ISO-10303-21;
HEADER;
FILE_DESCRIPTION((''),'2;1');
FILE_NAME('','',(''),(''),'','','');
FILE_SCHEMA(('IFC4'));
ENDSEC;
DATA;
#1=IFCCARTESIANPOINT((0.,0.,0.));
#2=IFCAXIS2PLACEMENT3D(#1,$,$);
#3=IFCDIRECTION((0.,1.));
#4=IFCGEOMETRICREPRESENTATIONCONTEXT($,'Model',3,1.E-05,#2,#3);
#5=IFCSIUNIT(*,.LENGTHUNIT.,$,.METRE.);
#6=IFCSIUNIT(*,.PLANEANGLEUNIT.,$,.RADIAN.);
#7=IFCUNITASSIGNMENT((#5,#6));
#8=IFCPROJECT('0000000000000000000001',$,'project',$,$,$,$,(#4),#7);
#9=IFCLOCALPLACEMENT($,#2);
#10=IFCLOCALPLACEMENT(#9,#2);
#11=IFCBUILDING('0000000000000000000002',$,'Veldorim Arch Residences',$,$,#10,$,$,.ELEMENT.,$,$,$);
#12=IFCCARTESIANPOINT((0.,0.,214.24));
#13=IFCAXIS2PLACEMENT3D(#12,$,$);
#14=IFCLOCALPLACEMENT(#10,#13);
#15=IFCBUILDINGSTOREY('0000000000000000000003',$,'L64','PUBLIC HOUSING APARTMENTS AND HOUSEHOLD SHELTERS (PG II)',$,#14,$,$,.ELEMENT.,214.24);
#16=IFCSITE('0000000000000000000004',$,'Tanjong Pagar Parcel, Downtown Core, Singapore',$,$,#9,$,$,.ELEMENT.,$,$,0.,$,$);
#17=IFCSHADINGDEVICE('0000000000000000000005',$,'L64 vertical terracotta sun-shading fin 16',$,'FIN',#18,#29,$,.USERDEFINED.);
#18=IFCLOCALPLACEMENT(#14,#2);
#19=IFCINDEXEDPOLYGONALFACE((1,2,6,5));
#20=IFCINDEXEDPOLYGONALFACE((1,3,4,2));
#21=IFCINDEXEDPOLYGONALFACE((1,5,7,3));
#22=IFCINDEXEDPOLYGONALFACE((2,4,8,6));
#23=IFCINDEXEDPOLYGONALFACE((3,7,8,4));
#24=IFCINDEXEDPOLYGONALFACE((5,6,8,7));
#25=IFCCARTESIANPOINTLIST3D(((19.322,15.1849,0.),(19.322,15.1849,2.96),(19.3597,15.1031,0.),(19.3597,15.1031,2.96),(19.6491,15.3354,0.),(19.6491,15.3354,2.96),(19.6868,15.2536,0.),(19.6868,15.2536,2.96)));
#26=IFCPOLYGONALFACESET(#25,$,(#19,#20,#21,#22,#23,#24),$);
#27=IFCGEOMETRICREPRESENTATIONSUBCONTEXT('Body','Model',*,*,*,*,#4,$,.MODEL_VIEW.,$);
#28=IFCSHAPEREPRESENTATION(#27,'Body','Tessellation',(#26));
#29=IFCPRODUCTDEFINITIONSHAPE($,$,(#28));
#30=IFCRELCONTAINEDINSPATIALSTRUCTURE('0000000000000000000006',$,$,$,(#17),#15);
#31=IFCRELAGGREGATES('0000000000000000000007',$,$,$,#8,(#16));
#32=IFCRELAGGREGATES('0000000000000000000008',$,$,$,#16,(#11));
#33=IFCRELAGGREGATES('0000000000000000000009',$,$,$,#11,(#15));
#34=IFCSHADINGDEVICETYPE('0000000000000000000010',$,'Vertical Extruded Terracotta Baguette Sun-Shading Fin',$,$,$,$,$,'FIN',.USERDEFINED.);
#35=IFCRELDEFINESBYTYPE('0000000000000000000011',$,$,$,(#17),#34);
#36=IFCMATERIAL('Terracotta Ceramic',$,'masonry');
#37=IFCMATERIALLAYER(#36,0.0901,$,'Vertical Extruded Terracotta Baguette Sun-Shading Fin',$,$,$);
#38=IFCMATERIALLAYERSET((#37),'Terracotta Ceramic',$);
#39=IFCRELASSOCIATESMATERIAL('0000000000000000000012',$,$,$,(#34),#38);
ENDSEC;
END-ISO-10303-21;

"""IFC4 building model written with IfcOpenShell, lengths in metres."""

from ifc_helpers import new_model, si_unit, direction, frame, origin, origin_2d, place, context, subcontext, project, spatial, rectangle, extrude, material, layer, layer_set, type_object, element, save


model = new_model("IFC4")

# Units and contexts
model_context = context("Model", 3, precision=1e-05, world=origin(), true_north=direction((0.0, 1.0)))
body_context = subcontext(model_context, "Body", "Model", "MODEL_VIEW")
ifc_project = project(units=[si_unit("LENGTHUNIT", "METRE"), si_unit("PLANEANGLEUNIT", "RADIAN")], contexts=[model_context])

# Site, building, storey
site_placement = place(None, origin())
site = spatial("IfcSite", under=ifc_project, at=site_placement, Name="Tanjong Pagar Parcel, Downtown Core, Singapore", CompositionType="ELEMENT", RefElevation=0.0)
building_placement = place(site_placement, origin())
building = spatial("IfcBuilding", under=site, at=building_placement, Name="Veldorim Arch Residences", CompositionType="ELEMENT")
storey_placement = place(building_placement, frame((0.0, 0.0, 214.24)))
storey = spatial("IfcBuildingStorey", under=building, at=storey_placement, Name="L64", Description="PUBLIC HOUSING APARTMENTS AND HOUSEHOLD SHELTERS (PG II)", CompositionType="ELEMENT", Elevation=214.24)

# Shading device
ifc_material_1 = material(Name="Terracotta Ceramic", Category="masonry")
ifc_layer_1 = layer(ifc_material_1, 0.0901, Name="Vertical Extruded Terracotta Baguette Sun-Shading Fin")
ifc_layer_set_1 = layer_set([ifc_layer_1], Name="Terracotta Ceramic")
shading_device_type = type_object("IfcShadingDeviceType", Name="Vertical Extruded Terracotta Baguette Sun-Shading Fin", ElementType="FIN", PredefinedType="USERDEFINED", material=ifc_layer_set_1)
shading_device_placement = place(storey_placement, frame((19.5044, 15.2192, 0.0), z_axis=(0.0, 0.0, 1.0), x_axis=(-0.418026, 0.908435, 0.0)))
element("IfcShadingDevice", 1, at=shading_device_placement, inside=storey, type_object=shading_device_type, Name="L64 vertical terracotta sun-shading fin 16", ObjectType="FIN", PredefinedType="USERDEFINED", context=body_context, shape_type="SweptSolid", body=[
    extrude(rectangle(XDim=0.0901, YDim=0.3601, at=origin_2d()), origin(), (0.0, 0.0, 1.0), 2.96),
])

save(model, "model.ifc")
